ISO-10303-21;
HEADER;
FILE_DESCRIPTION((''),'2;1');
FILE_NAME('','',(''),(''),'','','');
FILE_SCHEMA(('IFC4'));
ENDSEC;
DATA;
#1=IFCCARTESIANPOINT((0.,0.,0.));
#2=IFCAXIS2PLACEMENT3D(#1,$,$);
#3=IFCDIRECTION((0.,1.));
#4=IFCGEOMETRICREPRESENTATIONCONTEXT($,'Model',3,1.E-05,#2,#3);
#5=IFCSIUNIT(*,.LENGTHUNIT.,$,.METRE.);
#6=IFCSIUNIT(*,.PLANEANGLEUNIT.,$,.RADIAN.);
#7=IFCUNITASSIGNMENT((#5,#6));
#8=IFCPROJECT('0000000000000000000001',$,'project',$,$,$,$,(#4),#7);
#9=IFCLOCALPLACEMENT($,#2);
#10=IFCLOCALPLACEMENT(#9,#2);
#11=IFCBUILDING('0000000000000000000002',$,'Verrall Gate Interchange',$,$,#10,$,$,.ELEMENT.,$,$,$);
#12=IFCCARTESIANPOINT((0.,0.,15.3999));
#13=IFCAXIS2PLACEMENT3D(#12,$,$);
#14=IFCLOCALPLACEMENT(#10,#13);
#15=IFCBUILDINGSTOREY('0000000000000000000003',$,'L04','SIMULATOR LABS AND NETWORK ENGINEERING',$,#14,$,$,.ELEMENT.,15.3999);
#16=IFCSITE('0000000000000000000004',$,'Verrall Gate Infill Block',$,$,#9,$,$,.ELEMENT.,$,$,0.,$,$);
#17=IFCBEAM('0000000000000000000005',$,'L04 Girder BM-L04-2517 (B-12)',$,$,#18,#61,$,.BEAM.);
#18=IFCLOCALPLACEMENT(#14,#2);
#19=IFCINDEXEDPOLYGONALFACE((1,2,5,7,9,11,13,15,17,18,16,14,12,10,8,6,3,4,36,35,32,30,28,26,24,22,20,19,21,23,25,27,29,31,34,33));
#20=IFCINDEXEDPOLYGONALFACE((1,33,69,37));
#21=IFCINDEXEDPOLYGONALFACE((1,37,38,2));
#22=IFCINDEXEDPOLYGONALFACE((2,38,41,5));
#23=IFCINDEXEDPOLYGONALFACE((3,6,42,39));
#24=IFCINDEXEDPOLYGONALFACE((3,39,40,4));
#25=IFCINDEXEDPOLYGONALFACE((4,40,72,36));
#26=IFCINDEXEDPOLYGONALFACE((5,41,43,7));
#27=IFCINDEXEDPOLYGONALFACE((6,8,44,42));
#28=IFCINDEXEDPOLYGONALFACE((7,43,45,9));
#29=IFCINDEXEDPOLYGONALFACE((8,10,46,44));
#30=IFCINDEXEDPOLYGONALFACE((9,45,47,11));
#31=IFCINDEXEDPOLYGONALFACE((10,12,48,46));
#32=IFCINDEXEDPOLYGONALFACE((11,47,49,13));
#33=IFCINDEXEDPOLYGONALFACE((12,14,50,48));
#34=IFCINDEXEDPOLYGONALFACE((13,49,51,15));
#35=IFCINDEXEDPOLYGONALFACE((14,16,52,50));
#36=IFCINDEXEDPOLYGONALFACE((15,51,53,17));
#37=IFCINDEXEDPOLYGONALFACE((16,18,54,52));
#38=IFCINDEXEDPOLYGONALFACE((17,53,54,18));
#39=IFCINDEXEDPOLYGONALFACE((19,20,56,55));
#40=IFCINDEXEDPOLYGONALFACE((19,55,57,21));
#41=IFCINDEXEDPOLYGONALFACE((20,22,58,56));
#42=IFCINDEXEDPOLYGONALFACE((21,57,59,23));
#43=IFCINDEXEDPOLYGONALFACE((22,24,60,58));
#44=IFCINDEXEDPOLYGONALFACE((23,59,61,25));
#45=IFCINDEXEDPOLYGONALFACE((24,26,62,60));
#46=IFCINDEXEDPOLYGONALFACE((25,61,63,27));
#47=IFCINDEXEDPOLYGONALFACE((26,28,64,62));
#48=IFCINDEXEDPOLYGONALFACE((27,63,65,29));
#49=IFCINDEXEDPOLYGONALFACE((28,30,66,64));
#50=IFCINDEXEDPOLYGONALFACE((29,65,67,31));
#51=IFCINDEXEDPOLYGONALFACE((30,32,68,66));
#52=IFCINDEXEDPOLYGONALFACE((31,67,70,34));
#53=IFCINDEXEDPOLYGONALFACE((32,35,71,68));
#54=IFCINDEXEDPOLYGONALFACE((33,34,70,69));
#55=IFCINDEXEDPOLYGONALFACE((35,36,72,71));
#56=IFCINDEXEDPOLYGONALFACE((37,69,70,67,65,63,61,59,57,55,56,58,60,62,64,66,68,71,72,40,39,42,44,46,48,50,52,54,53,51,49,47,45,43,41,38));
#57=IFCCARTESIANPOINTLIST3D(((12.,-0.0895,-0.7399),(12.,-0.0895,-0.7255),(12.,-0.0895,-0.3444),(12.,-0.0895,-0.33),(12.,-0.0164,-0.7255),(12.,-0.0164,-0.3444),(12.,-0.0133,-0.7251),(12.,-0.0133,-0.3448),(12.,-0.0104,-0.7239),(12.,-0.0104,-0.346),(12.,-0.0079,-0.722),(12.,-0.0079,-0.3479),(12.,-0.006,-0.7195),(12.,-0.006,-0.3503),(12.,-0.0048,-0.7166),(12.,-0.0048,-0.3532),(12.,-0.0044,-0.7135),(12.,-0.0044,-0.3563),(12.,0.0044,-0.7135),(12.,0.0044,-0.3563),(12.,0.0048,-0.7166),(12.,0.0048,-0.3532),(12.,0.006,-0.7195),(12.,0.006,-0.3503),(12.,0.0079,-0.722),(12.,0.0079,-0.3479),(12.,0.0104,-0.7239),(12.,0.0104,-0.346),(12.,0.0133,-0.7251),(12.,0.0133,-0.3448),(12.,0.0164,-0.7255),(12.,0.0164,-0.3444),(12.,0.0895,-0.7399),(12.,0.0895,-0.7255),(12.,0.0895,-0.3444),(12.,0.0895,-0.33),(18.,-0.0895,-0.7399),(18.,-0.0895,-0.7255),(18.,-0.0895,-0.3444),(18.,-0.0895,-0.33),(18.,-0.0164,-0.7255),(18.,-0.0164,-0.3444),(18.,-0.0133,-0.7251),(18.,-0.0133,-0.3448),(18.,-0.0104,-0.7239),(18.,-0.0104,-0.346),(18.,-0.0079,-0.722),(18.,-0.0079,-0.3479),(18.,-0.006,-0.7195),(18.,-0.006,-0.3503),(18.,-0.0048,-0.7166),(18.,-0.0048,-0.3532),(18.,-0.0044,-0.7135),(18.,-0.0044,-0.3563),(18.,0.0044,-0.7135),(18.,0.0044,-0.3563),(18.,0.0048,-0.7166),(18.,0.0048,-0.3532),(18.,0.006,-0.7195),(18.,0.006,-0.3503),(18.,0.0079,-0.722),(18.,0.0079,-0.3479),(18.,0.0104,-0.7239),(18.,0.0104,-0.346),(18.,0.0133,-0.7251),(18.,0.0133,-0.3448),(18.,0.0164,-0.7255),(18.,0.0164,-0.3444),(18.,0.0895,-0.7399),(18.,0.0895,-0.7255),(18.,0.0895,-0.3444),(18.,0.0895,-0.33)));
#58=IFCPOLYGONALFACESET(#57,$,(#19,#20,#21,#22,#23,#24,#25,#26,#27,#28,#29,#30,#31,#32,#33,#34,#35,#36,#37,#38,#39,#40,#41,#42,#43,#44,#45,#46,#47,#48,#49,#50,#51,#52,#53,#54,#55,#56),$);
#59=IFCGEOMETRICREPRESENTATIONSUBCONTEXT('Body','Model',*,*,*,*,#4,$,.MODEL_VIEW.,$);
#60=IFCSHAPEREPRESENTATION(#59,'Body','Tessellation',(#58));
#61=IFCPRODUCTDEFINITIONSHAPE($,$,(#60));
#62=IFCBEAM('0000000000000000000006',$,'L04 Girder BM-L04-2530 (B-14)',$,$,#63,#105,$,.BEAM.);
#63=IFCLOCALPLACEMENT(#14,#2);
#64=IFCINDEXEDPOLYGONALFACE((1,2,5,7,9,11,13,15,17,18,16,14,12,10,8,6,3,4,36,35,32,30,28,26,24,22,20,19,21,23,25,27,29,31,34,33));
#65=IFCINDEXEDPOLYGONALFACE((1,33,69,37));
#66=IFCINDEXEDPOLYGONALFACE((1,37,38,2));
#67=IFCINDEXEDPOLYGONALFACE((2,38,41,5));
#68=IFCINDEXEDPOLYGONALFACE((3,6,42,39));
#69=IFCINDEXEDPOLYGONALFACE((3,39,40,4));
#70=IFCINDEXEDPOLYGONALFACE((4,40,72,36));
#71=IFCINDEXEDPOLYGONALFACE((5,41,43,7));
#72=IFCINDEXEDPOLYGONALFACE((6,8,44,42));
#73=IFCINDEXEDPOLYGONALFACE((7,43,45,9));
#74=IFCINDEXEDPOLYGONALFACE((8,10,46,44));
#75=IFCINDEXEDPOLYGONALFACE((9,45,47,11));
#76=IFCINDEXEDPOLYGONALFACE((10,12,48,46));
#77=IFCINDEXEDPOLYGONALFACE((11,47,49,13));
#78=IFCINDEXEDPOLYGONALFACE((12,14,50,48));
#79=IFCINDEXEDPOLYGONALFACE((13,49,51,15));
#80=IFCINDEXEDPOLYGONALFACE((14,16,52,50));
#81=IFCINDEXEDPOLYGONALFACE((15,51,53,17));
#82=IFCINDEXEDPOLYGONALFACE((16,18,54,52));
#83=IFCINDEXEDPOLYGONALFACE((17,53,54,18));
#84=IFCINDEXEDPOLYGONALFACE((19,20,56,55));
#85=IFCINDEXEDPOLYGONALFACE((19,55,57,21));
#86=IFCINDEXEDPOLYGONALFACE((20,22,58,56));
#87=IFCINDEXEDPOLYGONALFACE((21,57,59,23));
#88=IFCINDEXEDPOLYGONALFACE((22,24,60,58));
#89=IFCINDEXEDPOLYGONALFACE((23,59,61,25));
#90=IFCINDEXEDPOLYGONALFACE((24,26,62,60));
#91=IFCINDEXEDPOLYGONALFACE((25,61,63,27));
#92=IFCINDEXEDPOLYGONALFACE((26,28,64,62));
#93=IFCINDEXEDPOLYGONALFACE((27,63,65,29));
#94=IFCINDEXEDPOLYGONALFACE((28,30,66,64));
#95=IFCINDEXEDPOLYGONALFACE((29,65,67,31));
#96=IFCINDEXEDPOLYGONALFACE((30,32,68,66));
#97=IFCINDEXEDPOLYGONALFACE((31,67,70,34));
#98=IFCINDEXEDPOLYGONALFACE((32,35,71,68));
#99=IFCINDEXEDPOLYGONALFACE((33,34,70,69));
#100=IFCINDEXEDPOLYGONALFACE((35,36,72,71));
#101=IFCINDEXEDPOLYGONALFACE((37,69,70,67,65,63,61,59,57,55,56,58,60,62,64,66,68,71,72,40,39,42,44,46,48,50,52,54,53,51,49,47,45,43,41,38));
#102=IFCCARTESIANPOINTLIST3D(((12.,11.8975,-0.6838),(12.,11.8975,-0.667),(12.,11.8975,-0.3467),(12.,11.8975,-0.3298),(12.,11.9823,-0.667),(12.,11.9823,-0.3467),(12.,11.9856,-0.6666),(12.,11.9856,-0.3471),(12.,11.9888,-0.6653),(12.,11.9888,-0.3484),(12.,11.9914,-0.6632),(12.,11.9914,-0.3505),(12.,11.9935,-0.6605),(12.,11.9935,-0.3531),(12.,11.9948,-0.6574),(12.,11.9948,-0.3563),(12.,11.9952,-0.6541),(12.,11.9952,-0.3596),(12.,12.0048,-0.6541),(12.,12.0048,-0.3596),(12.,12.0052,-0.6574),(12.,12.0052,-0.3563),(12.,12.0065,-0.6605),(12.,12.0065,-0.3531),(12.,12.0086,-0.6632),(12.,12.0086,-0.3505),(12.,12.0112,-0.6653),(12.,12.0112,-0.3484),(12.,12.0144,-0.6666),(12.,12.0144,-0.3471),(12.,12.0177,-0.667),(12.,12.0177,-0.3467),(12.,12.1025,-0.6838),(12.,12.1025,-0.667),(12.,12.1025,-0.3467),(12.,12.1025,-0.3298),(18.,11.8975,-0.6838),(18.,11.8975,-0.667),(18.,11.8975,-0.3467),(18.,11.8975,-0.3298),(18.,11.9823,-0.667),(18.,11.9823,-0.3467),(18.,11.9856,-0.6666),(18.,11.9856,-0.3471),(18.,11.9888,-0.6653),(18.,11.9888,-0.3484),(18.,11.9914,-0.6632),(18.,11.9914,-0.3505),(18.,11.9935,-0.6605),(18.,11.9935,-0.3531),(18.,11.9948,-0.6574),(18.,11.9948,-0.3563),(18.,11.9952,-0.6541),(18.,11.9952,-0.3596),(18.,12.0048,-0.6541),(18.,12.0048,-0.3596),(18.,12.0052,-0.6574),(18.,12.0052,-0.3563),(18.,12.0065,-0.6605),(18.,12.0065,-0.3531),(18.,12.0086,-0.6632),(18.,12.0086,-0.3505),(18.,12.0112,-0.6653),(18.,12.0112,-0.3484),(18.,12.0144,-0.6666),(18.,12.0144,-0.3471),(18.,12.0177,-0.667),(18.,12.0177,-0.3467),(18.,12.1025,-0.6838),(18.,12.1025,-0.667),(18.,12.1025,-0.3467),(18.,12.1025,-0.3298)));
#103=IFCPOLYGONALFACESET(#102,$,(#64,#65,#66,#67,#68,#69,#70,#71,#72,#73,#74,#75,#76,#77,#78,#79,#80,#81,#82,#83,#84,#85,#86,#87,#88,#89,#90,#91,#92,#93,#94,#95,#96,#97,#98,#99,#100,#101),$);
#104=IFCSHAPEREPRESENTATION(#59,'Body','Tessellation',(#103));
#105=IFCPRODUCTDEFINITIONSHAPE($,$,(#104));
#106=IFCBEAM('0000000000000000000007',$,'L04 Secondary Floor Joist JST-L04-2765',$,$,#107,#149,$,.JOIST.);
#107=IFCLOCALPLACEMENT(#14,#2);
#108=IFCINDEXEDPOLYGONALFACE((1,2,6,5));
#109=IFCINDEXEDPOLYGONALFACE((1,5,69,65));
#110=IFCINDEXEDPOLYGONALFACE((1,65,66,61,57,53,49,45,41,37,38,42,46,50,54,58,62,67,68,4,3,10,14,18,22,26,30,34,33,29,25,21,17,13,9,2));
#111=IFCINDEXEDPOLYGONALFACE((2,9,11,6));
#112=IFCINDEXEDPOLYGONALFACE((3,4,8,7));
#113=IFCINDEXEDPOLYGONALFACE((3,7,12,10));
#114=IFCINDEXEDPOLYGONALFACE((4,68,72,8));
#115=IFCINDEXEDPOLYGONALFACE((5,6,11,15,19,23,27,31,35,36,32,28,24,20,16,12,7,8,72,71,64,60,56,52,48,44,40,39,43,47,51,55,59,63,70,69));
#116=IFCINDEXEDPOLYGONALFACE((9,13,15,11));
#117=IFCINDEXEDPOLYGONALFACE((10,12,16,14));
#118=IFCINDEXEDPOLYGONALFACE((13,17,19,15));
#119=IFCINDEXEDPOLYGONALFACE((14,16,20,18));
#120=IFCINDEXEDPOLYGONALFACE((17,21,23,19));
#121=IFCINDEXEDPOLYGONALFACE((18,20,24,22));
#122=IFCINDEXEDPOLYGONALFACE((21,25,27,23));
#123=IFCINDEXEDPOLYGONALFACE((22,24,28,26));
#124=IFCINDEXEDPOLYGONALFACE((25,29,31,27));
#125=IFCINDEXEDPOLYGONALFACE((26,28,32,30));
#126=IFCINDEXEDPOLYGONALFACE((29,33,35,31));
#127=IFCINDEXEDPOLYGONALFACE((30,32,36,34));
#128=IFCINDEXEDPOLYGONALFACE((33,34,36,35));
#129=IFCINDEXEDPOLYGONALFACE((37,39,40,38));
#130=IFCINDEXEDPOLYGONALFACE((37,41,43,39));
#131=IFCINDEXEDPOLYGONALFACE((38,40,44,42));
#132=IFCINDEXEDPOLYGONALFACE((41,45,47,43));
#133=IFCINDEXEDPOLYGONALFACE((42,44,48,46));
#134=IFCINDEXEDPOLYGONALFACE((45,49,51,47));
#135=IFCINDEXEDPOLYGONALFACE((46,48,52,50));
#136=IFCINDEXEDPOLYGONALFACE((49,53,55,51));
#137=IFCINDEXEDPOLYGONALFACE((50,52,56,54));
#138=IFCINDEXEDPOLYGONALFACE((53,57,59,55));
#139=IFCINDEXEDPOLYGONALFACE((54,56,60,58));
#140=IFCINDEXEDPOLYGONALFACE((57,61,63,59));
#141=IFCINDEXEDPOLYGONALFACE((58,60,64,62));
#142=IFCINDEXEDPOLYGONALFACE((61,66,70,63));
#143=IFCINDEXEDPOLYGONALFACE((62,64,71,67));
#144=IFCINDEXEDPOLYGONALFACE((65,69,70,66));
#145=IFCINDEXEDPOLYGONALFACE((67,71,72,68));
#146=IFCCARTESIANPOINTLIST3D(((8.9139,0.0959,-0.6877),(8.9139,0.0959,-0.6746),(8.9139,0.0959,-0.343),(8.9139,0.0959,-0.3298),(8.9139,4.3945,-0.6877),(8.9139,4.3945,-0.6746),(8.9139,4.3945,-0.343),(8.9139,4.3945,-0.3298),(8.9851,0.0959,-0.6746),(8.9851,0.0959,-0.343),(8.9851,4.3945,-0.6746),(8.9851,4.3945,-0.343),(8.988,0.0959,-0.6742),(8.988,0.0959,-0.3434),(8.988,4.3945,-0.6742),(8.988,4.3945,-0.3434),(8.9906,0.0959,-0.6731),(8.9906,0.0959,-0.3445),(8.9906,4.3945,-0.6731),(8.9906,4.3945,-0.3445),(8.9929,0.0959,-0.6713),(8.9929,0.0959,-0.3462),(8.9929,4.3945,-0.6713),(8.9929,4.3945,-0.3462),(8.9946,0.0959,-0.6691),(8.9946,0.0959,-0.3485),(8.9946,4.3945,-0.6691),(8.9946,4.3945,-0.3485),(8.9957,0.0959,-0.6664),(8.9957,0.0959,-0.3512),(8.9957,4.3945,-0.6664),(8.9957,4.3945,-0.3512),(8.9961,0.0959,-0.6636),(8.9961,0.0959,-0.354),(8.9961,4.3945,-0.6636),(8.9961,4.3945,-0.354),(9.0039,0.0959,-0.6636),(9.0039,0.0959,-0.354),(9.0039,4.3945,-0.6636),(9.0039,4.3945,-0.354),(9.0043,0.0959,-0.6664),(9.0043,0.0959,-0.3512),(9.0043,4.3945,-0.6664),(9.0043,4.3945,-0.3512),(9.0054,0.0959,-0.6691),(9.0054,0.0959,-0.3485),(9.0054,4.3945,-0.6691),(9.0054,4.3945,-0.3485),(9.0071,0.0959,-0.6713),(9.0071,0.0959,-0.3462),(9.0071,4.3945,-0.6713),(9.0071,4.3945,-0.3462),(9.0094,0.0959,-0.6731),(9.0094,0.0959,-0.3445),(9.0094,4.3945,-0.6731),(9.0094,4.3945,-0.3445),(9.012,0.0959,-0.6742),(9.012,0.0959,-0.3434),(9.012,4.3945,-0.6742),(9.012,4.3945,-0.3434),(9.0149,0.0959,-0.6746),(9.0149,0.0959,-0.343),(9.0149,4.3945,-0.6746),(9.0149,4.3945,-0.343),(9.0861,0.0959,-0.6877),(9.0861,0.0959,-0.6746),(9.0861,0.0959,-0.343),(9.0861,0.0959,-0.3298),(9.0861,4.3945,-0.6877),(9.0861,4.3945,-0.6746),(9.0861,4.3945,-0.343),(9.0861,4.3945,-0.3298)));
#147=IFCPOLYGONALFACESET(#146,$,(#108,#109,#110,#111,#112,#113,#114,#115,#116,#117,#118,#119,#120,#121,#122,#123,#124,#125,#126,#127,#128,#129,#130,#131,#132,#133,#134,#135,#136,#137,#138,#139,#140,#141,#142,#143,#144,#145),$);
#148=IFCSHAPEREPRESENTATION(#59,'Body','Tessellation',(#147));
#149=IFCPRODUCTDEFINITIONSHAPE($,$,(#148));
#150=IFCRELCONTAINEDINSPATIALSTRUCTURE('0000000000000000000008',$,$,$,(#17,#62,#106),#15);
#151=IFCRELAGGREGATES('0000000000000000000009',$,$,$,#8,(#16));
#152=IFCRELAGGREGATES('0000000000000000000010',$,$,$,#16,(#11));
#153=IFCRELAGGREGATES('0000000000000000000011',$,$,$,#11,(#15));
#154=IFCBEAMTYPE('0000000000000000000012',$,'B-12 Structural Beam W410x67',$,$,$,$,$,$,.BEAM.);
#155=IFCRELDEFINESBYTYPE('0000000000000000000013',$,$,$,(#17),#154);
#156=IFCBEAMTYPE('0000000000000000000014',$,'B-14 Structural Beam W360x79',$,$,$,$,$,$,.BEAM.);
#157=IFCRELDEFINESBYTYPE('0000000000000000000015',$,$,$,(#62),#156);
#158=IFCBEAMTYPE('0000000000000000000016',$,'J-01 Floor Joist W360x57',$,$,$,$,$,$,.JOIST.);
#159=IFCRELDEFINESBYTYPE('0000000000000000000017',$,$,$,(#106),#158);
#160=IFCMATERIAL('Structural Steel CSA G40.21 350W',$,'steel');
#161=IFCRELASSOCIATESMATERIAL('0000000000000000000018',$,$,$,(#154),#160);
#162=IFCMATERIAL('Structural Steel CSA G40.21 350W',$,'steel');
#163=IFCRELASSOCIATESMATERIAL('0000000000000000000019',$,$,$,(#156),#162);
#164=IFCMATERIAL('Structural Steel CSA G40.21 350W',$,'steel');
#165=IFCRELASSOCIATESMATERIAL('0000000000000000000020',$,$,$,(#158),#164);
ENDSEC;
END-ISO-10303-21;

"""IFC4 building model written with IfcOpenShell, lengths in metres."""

from ifc_helpers import new_model, si_unit, direction, frame, origin, origin_2d, place, context, subcontext, project, spatial, i_section, extrude, material, material_profile, profile_set, type_object, element, save


model = new_model("IFC4")

# Units and contexts
model_context = context("Model", 3, precision=1e-05, world=origin(), true_north=direction((0.0, 1.0)))
body_context = subcontext(model_context, "Body", "Model", "MODEL_VIEW")
ifc_project = project(units=[si_unit("LENGTHUNIT", "METRE"), si_unit("PLANEANGLEUNIT", "RADIAN")], contexts=[model_context])

# Site, building, storey
site_placement = place(None, origin())
site = spatial("IfcSite", under=ifc_project, at=site_placement, Name="Verrall Gate Infill Block", CompositionType="ELEMENT", RefElevation=0.0)
building_placement = place(site_placement, origin())
building = spatial("IfcBuilding", under=site, at=building_placement, Name="Verrall Gate Interchange", CompositionType="ELEMENT")
storey_placement = place(building_placement, frame((0.0, 0.0, 15.3999)))
storey = spatial("IfcBuildingStorey", under=building, at=storey_placement, Name="L04", Description="SIMULATOR LABS AND NETWORK ENGINEERING", CompositionType="ELEMENT", Elevation=15.3999)

# Beams
ifc_material_1 = material(Name="Structural Steel CSA G40.21 350W", Category="steel")
ifc_material_profile_1 = material_profile(ifc_material_1, i_section(OverallWidth=0.179, OverallDepth=0.4099, WebThickness=0.0088, FlangeThickness=0.0144, FilletRadius=0.012, at=origin_2d()), Name="W410x67")
ifc_profile_set_1 = profile_set([ifc_material_profile_1], Name="Structural Steel CSA G40.21 350W")
beam_type_1 = type_object("IfcBeamType", Name="B-12 Structural Beam W410x67", PredefinedType="BEAM", material=ifc_profile_set_1)
beam_1_placement = place(storey_placement, frame((12.0, 0.0, -0.5349), z_axis=(1.0, 0.0, 0.0), x_axis=(0.0, 1.0, 0.0)))
element("IfcBeam", 1, at=beam_1_placement, inside=storey, type_object=beam_type_1, Name="L04 Girder BM-L04-2517 (B-12)", PredefinedType="BEAM", context=body_context, shape_type="SweptSolid", body=[
    extrude(i_section(OverallWidth=0.179, OverallDepth=0.4099, WebThickness=0.0088, FlangeThickness=0.0144, FilletRadius=0.012, at=origin_2d()), origin(), (0.0, 0.0, 1.0), 6.0),
])
ifc_material_2 = material(Name="Structural Steel CSA G40.21 350W", Category="steel")
ifc_material_profile_2 = material_profile(ifc_material_2, i_section(OverallWidth=0.2051, OverallDepth=0.354, WebThickness=0.0095, FlangeThickness=0.0168, FilletRadius=0.0129, at=origin_2d()), Name="W360x79")
ifc_profile_set_2 = profile_set([ifc_material_profile_2], Name="Structural Steel CSA G40.21 350W")
beam_type_2 = type_object("IfcBeamType", Name="B-14 Structural Beam W360x79", PredefinedType="BEAM", material=ifc_profile_set_2)
beam_2_placement = place(storey_placement, frame((12.0, 12.0, -0.5068), z_axis=(1.0, 0.0, 0.0), x_axis=(0.0, 1.0, 0.0)))
element("IfcBeam", 2, at=beam_2_placement, inside=storey, type_object=beam_type_2, Name="L04 Girder BM-L04-2530 (B-14)", PredefinedType="BEAM", context=body_context, shape_type="SweptSolid", body=[
    extrude(i_section(OverallWidth=0.2051, OverallDepth=0.354, WebThickness=0.0095, FlangeThickness=0.0168, FilletRadius=0.0129, at=origin_2d()), origin(), (0.0, 0.0, 1.0), 6.0),
])
ifc_material_3 = material(Name="Structural Steel CSA G40.21 350W", Category="steel")
ifc_material_profile_3 = material_profile(ifc_material_3, i_section(OverallWidth=0.1721, OverallDepth=0.3579, WebThickness=0.0078, FlangeThickness=0.0132, FilletRadius=0.011, at=origin_2d()), Name="W360x57")
ifc_profile_set_3 = profile_set([ifc_material_profile_3], Name="Structural Steel CSA G40.21 350W")
beam_type_3 = type_object("IfcBeamType", Name="J-01 Floor Joist W360x57", PredefinedType="JOIST", material=ifc_profile_set_3)
beam_3_placement = place(storey_placement, frame((9.0, 0.0959, -0.5088), z_axis=(0.0, 1.0, 0.0), x_axis=(-1.0, 0.0, 0.0)))
element("IfcBeam", 3, at=beam_3_placement, inside=storey, type_object=beam_type_3, Name="L04 Secondary Floor Joist JST-L04-2765", PredefinedType="JOIST", context=body_context, shape_type="SweptSolid", body=[
    extrude(i_section(OverallWidth=0.1721, OverallDepth=0.3579, WebThickness=0.0078, FlangeThickness=0.0132, FilletRadius=0.011, at=origin_2d()), origin(), (0.0, 0.0, 1.0), 4.2986),
])

save(model, "model.ifc")
